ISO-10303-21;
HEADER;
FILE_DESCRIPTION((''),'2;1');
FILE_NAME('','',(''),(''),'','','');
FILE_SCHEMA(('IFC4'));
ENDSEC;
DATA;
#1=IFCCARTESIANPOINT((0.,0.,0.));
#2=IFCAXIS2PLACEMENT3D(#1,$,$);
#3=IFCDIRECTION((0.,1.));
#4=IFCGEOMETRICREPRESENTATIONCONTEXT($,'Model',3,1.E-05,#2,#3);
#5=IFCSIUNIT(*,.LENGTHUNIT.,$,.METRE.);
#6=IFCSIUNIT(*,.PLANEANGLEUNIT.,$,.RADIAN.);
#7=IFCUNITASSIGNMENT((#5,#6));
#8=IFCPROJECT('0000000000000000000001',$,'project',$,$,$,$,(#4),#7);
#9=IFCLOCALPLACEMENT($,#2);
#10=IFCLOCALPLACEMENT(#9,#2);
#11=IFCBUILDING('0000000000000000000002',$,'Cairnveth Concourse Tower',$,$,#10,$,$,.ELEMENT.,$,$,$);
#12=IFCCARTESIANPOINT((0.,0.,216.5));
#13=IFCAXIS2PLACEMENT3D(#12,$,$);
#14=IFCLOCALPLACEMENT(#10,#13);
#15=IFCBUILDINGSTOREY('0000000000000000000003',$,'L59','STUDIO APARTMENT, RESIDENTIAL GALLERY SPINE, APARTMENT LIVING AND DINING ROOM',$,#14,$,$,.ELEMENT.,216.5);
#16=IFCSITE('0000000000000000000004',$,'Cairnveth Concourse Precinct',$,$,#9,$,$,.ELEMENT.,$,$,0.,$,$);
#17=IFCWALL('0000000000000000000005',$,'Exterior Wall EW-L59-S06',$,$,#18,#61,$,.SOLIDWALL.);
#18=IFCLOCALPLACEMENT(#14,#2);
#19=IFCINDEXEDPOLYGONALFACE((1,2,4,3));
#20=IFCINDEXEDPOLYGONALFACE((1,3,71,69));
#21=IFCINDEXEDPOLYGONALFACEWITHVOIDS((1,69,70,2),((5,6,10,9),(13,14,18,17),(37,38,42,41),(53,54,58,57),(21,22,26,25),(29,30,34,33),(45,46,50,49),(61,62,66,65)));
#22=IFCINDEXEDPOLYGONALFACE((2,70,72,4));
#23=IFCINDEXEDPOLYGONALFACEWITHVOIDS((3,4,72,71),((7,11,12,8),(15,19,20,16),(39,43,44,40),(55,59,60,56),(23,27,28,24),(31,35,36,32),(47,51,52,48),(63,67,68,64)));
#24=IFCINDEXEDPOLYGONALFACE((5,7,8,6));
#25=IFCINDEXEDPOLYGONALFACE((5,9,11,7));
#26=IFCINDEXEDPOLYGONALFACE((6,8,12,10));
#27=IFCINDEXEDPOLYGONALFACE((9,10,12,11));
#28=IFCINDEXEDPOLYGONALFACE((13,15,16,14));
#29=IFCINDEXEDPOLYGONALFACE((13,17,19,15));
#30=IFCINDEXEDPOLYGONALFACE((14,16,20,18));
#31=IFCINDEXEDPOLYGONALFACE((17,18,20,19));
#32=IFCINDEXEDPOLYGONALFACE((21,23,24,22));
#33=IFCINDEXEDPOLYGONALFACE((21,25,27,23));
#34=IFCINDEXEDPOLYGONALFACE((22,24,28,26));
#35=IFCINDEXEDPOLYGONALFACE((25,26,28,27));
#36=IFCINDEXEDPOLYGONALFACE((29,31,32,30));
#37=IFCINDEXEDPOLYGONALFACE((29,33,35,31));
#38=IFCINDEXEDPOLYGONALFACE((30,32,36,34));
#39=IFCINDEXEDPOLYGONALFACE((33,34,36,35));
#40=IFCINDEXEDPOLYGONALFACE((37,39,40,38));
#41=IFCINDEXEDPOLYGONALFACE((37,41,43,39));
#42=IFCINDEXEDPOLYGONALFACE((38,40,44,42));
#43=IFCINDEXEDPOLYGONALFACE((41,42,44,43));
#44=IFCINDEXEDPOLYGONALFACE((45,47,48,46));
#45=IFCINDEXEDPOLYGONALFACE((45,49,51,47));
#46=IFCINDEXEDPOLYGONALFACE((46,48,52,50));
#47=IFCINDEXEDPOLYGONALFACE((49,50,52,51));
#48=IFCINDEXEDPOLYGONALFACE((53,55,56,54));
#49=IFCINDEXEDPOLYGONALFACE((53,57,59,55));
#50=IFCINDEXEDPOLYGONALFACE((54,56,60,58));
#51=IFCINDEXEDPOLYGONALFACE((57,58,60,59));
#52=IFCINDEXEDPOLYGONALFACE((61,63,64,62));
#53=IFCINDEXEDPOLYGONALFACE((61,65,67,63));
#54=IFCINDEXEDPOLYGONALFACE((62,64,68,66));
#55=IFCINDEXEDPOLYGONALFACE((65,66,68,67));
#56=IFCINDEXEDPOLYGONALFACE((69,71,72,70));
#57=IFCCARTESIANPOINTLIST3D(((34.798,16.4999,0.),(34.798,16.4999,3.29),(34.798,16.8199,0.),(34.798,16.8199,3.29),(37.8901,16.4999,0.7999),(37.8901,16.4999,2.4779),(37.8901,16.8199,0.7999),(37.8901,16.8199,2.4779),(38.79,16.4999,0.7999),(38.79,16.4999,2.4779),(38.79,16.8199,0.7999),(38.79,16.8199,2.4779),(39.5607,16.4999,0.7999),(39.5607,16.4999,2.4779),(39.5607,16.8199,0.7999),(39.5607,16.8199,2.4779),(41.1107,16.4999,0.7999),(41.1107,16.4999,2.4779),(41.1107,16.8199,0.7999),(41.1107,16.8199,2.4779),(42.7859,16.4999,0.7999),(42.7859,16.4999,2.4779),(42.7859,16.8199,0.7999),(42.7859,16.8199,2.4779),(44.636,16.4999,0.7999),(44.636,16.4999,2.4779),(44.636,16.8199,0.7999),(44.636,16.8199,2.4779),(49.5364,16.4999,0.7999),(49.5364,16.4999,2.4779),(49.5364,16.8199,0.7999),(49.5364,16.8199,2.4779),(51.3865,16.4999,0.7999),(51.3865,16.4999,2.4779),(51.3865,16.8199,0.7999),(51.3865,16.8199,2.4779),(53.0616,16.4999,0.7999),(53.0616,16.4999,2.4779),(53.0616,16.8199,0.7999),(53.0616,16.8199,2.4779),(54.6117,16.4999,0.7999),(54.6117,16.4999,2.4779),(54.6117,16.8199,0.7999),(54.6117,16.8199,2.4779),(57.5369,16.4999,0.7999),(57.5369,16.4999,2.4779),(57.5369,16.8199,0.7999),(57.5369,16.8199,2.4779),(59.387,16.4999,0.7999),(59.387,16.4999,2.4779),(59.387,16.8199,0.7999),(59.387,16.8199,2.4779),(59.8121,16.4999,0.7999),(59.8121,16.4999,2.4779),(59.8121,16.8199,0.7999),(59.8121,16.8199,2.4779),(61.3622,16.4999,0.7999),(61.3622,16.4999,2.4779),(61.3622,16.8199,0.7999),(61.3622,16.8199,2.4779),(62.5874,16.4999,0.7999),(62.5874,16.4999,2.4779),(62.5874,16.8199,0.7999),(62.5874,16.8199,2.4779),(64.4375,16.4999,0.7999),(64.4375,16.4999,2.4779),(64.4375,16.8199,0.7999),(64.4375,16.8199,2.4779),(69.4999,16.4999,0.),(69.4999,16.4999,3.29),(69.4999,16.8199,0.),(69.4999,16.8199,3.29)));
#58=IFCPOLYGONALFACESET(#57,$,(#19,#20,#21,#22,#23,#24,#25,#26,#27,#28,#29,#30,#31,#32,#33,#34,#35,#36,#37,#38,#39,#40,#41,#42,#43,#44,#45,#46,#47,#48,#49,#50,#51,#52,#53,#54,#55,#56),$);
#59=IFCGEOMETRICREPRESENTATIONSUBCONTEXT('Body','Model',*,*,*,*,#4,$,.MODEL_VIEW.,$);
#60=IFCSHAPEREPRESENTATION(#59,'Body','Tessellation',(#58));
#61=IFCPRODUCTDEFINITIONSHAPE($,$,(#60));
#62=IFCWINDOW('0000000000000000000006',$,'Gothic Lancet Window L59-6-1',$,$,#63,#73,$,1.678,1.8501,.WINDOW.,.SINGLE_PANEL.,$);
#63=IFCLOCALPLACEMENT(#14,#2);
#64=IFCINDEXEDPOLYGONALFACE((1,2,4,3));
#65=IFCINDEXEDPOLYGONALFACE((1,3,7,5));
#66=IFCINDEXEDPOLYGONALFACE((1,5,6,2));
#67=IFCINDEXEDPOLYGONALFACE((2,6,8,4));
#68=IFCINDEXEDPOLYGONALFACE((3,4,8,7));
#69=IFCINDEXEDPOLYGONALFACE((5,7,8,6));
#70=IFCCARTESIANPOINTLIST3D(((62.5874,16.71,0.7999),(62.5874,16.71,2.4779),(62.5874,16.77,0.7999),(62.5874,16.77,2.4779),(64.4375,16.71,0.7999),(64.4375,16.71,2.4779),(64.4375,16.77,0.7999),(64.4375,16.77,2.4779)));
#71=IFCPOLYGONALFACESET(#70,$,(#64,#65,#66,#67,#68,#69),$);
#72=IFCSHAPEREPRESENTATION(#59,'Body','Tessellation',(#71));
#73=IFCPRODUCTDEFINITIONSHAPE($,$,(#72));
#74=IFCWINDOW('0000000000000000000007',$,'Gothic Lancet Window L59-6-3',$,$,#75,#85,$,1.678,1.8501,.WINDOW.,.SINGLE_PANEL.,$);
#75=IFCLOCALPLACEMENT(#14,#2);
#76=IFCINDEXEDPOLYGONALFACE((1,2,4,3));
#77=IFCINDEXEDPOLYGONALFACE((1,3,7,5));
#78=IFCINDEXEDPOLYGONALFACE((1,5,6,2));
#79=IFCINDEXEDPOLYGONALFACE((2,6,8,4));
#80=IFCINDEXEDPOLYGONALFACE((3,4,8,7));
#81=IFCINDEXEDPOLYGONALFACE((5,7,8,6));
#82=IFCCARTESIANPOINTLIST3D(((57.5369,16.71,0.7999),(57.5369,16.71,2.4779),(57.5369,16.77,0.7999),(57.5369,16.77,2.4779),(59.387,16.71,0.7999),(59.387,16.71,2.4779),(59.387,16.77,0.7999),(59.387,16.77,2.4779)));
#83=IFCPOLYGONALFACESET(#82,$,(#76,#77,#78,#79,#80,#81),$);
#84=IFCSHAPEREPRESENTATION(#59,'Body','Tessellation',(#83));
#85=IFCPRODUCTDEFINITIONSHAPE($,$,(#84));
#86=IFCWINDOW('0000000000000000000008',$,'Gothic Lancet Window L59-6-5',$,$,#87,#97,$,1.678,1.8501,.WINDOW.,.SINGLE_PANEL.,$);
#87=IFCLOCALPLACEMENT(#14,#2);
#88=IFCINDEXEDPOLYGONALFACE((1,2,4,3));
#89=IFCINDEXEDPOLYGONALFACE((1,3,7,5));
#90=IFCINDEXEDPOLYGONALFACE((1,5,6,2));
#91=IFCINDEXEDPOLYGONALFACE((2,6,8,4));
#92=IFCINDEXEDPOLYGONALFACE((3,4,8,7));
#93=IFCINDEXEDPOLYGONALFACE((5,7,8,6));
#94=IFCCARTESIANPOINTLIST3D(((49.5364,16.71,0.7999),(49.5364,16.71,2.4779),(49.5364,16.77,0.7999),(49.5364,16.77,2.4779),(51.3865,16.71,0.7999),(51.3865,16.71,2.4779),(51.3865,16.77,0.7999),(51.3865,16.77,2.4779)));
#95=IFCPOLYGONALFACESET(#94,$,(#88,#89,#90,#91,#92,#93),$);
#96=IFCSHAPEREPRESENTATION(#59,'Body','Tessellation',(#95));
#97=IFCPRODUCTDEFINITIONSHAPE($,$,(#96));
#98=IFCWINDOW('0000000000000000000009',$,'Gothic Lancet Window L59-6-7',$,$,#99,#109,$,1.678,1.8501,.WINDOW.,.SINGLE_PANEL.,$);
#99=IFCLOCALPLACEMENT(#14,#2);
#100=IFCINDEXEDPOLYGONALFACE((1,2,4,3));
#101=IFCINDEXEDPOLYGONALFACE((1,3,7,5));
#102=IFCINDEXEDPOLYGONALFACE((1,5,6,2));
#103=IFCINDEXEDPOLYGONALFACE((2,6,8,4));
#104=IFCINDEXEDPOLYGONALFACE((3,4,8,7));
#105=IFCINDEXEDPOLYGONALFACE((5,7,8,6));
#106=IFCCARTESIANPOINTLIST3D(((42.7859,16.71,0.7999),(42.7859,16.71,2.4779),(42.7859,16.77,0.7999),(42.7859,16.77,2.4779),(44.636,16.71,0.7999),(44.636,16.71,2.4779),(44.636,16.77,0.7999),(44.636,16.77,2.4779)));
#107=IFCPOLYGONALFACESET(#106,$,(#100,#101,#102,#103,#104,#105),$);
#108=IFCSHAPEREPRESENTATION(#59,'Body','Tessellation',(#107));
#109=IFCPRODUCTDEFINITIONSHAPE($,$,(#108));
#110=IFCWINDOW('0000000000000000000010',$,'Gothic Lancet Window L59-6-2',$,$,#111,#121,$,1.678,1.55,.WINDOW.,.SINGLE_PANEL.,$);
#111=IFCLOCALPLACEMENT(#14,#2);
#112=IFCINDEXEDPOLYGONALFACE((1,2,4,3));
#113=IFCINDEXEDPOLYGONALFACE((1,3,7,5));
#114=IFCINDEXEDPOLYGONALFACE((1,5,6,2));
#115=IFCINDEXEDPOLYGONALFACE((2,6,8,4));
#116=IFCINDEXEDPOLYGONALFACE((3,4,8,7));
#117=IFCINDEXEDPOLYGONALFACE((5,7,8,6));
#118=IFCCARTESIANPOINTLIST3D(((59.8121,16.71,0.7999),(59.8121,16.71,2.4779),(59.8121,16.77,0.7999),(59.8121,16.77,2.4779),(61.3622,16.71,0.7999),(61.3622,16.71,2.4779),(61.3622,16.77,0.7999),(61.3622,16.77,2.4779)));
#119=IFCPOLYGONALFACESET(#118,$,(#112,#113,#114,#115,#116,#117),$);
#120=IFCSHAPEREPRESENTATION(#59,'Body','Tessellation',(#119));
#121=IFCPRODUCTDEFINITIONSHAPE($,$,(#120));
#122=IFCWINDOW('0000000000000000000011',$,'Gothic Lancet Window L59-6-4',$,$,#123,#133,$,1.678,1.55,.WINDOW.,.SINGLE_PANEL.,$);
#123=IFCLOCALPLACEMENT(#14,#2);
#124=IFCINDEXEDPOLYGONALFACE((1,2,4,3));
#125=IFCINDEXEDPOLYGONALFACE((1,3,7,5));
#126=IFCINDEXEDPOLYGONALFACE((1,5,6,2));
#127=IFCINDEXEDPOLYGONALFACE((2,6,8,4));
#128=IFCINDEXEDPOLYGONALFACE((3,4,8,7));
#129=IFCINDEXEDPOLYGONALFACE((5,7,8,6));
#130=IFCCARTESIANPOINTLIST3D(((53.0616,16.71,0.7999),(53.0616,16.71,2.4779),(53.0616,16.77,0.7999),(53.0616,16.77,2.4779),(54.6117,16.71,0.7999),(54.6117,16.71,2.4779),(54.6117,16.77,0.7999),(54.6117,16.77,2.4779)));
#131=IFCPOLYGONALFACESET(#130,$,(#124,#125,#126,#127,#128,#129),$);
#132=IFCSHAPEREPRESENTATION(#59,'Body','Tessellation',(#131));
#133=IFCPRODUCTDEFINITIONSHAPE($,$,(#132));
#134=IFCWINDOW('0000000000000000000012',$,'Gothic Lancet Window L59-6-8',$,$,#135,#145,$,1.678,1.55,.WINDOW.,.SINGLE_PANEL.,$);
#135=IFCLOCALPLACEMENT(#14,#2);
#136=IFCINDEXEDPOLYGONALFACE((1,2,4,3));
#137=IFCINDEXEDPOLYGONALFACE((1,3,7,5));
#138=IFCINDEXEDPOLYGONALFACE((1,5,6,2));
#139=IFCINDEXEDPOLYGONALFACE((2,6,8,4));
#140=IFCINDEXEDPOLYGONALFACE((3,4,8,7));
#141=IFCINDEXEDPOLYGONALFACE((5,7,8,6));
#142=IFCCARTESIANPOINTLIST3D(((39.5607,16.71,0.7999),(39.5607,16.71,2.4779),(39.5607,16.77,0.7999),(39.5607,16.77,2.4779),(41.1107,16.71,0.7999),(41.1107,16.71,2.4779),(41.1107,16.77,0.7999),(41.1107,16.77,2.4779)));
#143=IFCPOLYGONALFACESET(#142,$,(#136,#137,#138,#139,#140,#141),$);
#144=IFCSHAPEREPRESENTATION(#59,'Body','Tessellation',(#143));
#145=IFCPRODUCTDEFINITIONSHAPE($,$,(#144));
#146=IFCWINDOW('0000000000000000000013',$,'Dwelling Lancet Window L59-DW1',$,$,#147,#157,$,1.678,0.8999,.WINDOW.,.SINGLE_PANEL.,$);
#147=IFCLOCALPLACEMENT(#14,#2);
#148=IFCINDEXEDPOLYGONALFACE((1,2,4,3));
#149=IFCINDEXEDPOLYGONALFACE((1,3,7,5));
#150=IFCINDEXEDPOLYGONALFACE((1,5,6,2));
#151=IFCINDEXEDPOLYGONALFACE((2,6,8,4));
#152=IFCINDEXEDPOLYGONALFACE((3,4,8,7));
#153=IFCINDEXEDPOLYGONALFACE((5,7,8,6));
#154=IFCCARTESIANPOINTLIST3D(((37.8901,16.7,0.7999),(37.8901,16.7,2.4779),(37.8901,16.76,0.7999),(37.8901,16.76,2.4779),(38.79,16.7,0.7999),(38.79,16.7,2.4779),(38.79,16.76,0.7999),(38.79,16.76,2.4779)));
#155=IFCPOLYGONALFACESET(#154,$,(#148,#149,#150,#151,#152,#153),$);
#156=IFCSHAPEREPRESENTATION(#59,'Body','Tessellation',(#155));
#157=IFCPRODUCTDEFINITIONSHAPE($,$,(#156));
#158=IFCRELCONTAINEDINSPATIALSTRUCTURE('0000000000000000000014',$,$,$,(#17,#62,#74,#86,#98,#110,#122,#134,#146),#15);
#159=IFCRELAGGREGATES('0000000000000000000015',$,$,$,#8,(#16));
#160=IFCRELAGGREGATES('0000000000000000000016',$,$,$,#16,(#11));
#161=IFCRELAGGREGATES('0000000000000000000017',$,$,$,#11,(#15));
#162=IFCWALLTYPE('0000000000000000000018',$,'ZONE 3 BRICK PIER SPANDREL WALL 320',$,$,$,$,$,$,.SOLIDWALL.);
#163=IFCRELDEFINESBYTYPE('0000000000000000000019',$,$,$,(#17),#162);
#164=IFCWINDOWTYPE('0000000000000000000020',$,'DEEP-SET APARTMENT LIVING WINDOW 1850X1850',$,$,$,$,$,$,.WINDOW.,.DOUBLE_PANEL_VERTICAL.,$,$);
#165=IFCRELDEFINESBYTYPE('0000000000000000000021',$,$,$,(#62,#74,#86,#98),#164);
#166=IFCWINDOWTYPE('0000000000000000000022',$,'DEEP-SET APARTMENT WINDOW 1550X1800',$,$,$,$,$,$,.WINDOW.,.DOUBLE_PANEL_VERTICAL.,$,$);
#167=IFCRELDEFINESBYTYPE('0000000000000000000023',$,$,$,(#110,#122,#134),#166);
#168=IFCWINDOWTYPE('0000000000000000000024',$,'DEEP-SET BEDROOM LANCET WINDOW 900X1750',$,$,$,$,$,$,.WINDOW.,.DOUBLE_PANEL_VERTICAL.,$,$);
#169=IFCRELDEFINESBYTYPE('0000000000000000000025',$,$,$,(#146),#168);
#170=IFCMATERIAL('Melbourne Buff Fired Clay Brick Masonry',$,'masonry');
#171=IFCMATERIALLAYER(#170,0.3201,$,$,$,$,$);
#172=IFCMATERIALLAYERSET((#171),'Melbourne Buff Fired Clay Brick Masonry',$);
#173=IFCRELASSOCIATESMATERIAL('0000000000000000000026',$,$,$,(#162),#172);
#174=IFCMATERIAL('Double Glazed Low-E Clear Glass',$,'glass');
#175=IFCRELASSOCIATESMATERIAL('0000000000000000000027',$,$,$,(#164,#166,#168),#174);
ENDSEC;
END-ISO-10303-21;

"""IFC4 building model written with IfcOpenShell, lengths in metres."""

from ifc_helpers import new_model, si_unit, direction, frame, frame_2d, origin, place, context, subcontext, project, spatial, rectangle, extrude, material, layer, layer_set, type_object, element, fill, save


model = new_model("IFC4")

# Units and contexts
model_context = context("Model", 3, precision=1e-05, world=origin(), true_north=direction((0.0, 1.0)))
body_context = subcontext(model_context, "Body", "Model", "MODEL_VIEW")
ifc_project = project(units=[si_unit("LENGTHUNIT", "METRE"), si_unit("PLANEANGLEUNIT", "RADIAN")], contexts=[model_context])

# Site, building, storey
site_placement = place(None, origin())
site = spatial("IfcSite", under=ifc_project, at=site_placement, Name="Cairnveth Concourse Precinct", CompositionType="ELEMENT", RefElevation=0.0)
building_placement = place(site_placement, origin())
building = spatial("IfcBuilding", under=site, at=building_placement, Name="Cairnveth Concourse Tower", CompositionType="ELEMENT")
storey_placement = place(building_placement, frame((0.0, 0.0, 216.5)))
storey = spatial("IfcBuildingStorey", under=building, at=storey_placement, Name="L59", Description="STUDIO APARTMENT, RESIDENTIAL GALLERY SPINE, APARTMENT LIVING AND DINING ROOM", CompositionType="ELEMENT", Elevation=216.5)

# Shared definitions
ifc_material_1 = material(Name="Melbourne Buff Fired Clay Brick Masonry", Category="masonry")
ifc_layer_1 = layer(ifc_material_1, 0.3201)
ifc_layer_set_1 = layer_set([ifc_layer_1], Name="Melbourne Buff Fired Clay Brick Masonry")
wall_type_1 = type_object("IfcWallType", Name="ZONE 3 BRICK PIER SPANDREL WALL 320", PredefinedType="SOLIDWALL", material=ifc_layer_set_1)

# Wall, openings, windows
wall_1_placement = place(storey_placement, frame((69.5, 16.6599, 0.0), z_axis=(0.0, 0.0, 1.0), x_axis=(-1.0, 0.0, 0.0)))
wall_1 = element("IfcWall", 1, at=wall_1_placement, inside=storey, type_object=wall_type_1, Name="Exterior Wall EW-L59-S06", PredefinedType="SOLIDWALL", context=body_context, shape_type="SweptSolid", body=[
    extrude(rectangle(XDim=34.7019, YDim=0.3201, at=frame_2d((17.3511, 0.0))), origin(), (0.0, 0.0, 1.0), 3.29),
])
opening_1_placement = place(wall_1_placement, frame((5.0625, 0.0, 0.8)))
opening_1 = element("IfcOpeningElement", 2, at=opening_1_placement, cuts=wall_1, PredefinedType="OPENING", context=body_context, shape_type="SweptSolid", body=[
    extrude(rectangle(XDim=1.8501, YDim=1.678, at=frame_2d((0.925, 0.8389))), frame((0.0, 0.1699, 0.0), z_axis=(0.0, -1.0, 0.0), x_axis=(1.0, 0.0, 0.0)), (0.0, 0.0, 1.0), 0.3401),
])
opening_2_placement = place(wall_1_placement, frame((8.1379, 0.0, 0.8)))
opening_2 = element("IfcOpeningElement", 3, at=opening_2_placement, cuts=wall_1, PredefinedType="OPENING", context=body_context, shape_type="SweptSolid", body=[
    extrude(rectangle(XDim=1.55, YDim=1.678, at=frame_2d((0.7749, 0.8389))), frame((0.0, 0.1699, 0.0), z_axis=(0.0, -1.0, 0.0), x_axis=(1.0, 0.0, 0.0)), (0.0, 0.0, 1.0), 0.3401),
])
opening_3_placement = place(wall_1_placement, frame((10.113, 0.0, 0.8)))
opening_3 = element("IfcOpeningElement", 4, at=opening_3_placement, cuts=wall_1, PredefinedType="OPENING", context=body_context, shape_type="SweptSolid", body=[
    extrude(rectangle(XDim=1.8501, YDim=1.678, at=frame_2d((0.925, 0.8389))), frame((0.0, 0.1699, 0.0), z_axis=(0.0, -1.0, 0.0), x_axis=(1.0, 0.0, 0.0)), (0.0, 0.0, 1.0), 0.3401),
])
opening_4_placement = place(wall_1_placement, frame((14.8884, 0.0, 0.8)))
opening_4 = element("IfcOpeningElement", 5, at=opening_4_placement, cuts=wall_1, PredefinedType="OPENING", context=body_context, shape_type="SweptSolid", body=[
    extrude(rectangle(XDim=1.55, YDim=1.678, at=frame_2d((0.7749, 0.8389))), frame((0.0, 0.1699, 0.0), z_axis=(0.0, -1.0, 0.0), x_axis=(1.0, 0.0, 0.0)), (0.0, 0.0, 1.0), 0.3401),
])
opening_5_placement = place(wall_1_placement, frame((18.1135, 0.0, 0.8)))
opening_5 = element("IfcOpeningElement", 6, at=opening_5_placement, cuts=wall_1, PredefinedType="OPENING", context=body_context, shape_type="SweptSolid", body=[
    extrude(rectangle(XDim=1.8501, YDim=1.678, at=frame_2d((0.925, 0.8389))), frame((0.0, 0.1699, 0.0), z_axis=(0.0, -1.0, 0.0), x_axis=(1.0, 0.0, 0.0)), (0.0, 0.0, 1.0), 0.3401),
])
opening_6_placement = place(wall_1_placement, frame((24.864, 0.0, 0.8)))
opening_6 = element("IfcOpeningElement", 7, at=opening_6_placement, cuts=wall_1, PredefinedType="OPENING", context=body_context, shape_type="SweptSolid", body=[
    extrude(rectangle(XDim=1.8501, YDim=1.678, at=frame_2d((0.925, 0.8389))), frame((0.0, 0.1699, 0.0), z_axis=(0.0, -1.0, 0.0), x_axis=(1.0, 0.0, 0.0)), (0.0, 0.0, 1.0), 0.3401),
])
opening_7_placement = place(wall_1_placement, frame((28.3894, 0.0, 0.8)))
opening_7 = element("IfcOpeningElement", 8, at=opening_7_placement, cuts=wall_1, PredefinedType="OPENING", context=body_context, shape_type="SweptSolid", body=[
    extrude(rectangle(XDim=1.55, YDim=1.678, at=frame_2d((0.7749, 0.8389))), frame((0.0, 0.1699, 0.0), z_axis=(0.0, -1.0, 0.0), x_axis=(1.0, 0.0, 0.0)), (0.0, 0.0, 1.0), 0.3401),
])
opening_8_placement = place(wall_1_placement, frame((30.71, 0.0, 0.8)))
opening_8 = element("IfcOpeningElement", 9, at=opening_8_placement, cuts=wall_1, PredefinedType="OPENING", context=body_context, shape_type="SweptSolid", body=[
    extrude(rectangle(XDim=0.8999, YDim=1.678, at=frame_2d((0.45, 0.8389))), frame((0.0, 0.1699, 0.0), z_axis=(0.0, -1.0, 0.0), x_axis=(1.0, 0.0, 0.0)), (0.0, 0.0, 1.0), 0.3401),
])
ifc_material_2 = material(Name="Double Glazed Low-E Clear Glass", Category="glass")
window_type_1 = type_object("IfcWindowType", Name="DEEP-SET APARTMENT LIVING WINDOW 1850X1850", PartitioningType="DOUBLE_PANEL_VERTICAL", PredefinedType="WINDOW", material=ifc_material_2)
window_1_placement = place(opening_1_placement, origin())
window_1 = element("IfcWindow", 10, at=window_1_placement, inside=storey, type_object=window_type_1, Name="Gothic Lancet Window L59-6-1", OverallHeight=1.678, OverallWidth=1.8501, PartitioningType="SINGLE_PANEL", PredefinedType="WINDOW", context=body_context, shape_type="SweptSolid", body=[
    extrude(rectangle(XDim=1.8501, YDim=1.678, at=frame_2d((0.925, 0.8389))), frame((0.0, -0.05, 0.0), z_axis=(0.0, -1.0, 0.0), x_axis=(1.0, 0.0, 0.0)), (0.0, 0.0, 1.0), 0.0601),
])
fill(opening_1, window_1)
window_2_placement = place(opening_3_placement, origin())
window_2 = element("IfcWindow", 11, at=window_2_placement, inside=storey, type_object=window_type_1, Name="Gothic Lancet Window L59-6-3", OverallHeight=1.678, OverallWidth=1.8501, PartitioningType="SINGLE_PANEL", PredefinedType="WINDOW", context=body_context, shape_type="SweptSolid", body=[
    extrude(rectangle(XDim=1.8501, YDim=1.678, at=frame_2d((0.925, 0.8389))), frame((0.0, -0.05, 0.0), z_axis=(0.0, -1.0, 0.0), x_axis=(1.0, 0.0, 0.0)), (0.0, 0.0, 1.0), 0.0601),
])
fill(opening_3, window_2)
window_3_placement = place(opening_5_placement, origin())
window_3 = element("IfcWindow", 12, at=window_3_placement, inside=storey, type_object=window_type_1, Name="Gothic Lancet Window L59-6-5", OverallHeight=1.678, OverallWidth=1.8501, PartitioningType="SINGLE_PANEL", PredefinedType="WINDOW", context=body_context, shape_type="SweptSolid", body=[
    extrude(rectangle(XDim=1.8501, YDim=1.678, at=frame_2d((0.925, 0.8389))), frame((0.0, -0.05, 0.0), z_axis=(0.0, -1.0, 0.0), x_axis=(1.0, 0.0, 0.0)), (0.0, 0.0, 1.0), 0.0601),
])
fill(opening_5, window_3)
window_4_placement = place(opening_6_placement, origin())
window_4 = element("IfcWindow", 13, at=window_4_placement, inside=storey, type_object=window_type_1, Name="Gothic Lancet Window L59-6-7", OverallHeight=1.678, OverallWidth=1.8501, PartitioningType="SINGLE_PANEL", PredefinedType="WINDOW", context=body_context, shape_type="SweptSolid", body=[
    extrude(rectangle(XDim=1.8501, YDim=1.678, at=frame_2d((0.925, 0.8389))), frame((0.0, -0.05, 0.0), z_axis=(0.0, -1.0, 0.0), x_axis=(1.0, 0.0, 0.0)), (0.0, 0.0, 1.0), 0.0601),
])
fill(opening_6, window_4)
window_type_2 = type_object("IfcWindowType", Name="DEEP-SET APARTMENT WINDOW 1550X1800", PartitioningType="DOUBLE_PANEL_VERTICAL", PredefinedType="WINDOW", material=ifc_material_2)
window_5_placement = place(opening_2_placement, origin())
window_5 = element("IfcWindow", 14, at=window_5_placement, inside=storey, type_object=window_type_2, Name="Gothic Lancet Window L59-6-2", OverallHeight=1.678, OverallWidth=1.55, PartitioningType="SINGLE_PANEL", PredefinedType="WINDOW", context=body_context, shape_type="SweptSolid", body=[
    extrude(rectangle(XDim=1.55, YDim=1.678, at=frame_2d((0.7749, 0.8389))), frame((0.0, -0.05, 0.0), z_axis=(0.0, -1.0, 0.0), x_axis=(1.0, 0.0, 0.0)), (0.0, 0.0, 1.0), 0.0601),
])
fill(opening_2, window_5)
window_6_placement = place(opening_4_placement, origin())
window_6 = element("IfcWindow", 15, at=window_6_placement, inside=storey, type_object=window_type_2, Name="Gothic Lancet Window L59-6-4", OverallHeight=1.678, OverallWidth=1.55, PartitioningType="SINGLE_PANEL", PredefinedType="WINDOW", context=body_context, shape_type="SweptSolid", body=[
    extrude(rectangle(XDim=1.55, YDim=1.678, at=frame_2d((0.7749, 0.8389))), frame((0.0, -0.05, 0.0), z_axis=(0.0, -1.0, 0.0), x_axis=(1.0, 0.0, 0.0)), (0.0, 0.0, 1.0), 0.0601),
])
fill(opening_4, window_6)
window_7_placement = place(opening_7_placement, origin())
window_7 = element("IfcWindow", 16, at=window_7_placement, inside=storey, type_object=window_type_2, Name="Gothic Lancet Window L59-6-8", OverallHeight=1.678, OverallWidth=1.55, PartitioningType="SINGLE_PANEL", PredefinedType="WINDOW", context=body_context, shape_type="SweptSolid", body=[
    extrude(rectangle(XDim=1.55, YDim=1.678, at=frame_2d((0.7749, 0.8389))), frame((0.0, -0.05, 0.0), z_axis=(0.0, -1.0, 0.0), x_axis=(1.0, 0.0, 0.0)), (0.0, 0.0, 1.0), 0.0601),
])
fill(opening_7, window_7)
window_type_3 = type_object("IfcWindowType", Name="DEEP-SET BEDROOM LANCET WINDOW 900X1750", PartitioningType="DOUBLE_PANEL_VERTICAL", PredefinedType="WINDOW", material=ifc_material_2)
window_8_placement = place(opening_8_placement, origin())
window_8 = element("IfcWindow", 17, at=window_8_placement, inside=storey, type_object=window_type_3, Name="Dwelling Lancet Window L59-DW1", OverallHeight=1.678, OverallWidth=0.8999, PartitioningType="SINGLE_PANEL", PredefinedType="WINDOW", context=body_context, shape_type="SweptSolid", body=[
    extrude(rectangle(XDim=0.8999, YDim=1.678, at=frame_2d((0.45, 0.8389))), frame((0.0, -0.04, 0.0), z_axis=(0.0, -1.0, 0.0), x_axis=(1.0, 0.0, 0.0)), (0.0, 0.0, 1.0), 0.0601),
])
fill(opening_8, window_8)

save(model, "model.ifc")
